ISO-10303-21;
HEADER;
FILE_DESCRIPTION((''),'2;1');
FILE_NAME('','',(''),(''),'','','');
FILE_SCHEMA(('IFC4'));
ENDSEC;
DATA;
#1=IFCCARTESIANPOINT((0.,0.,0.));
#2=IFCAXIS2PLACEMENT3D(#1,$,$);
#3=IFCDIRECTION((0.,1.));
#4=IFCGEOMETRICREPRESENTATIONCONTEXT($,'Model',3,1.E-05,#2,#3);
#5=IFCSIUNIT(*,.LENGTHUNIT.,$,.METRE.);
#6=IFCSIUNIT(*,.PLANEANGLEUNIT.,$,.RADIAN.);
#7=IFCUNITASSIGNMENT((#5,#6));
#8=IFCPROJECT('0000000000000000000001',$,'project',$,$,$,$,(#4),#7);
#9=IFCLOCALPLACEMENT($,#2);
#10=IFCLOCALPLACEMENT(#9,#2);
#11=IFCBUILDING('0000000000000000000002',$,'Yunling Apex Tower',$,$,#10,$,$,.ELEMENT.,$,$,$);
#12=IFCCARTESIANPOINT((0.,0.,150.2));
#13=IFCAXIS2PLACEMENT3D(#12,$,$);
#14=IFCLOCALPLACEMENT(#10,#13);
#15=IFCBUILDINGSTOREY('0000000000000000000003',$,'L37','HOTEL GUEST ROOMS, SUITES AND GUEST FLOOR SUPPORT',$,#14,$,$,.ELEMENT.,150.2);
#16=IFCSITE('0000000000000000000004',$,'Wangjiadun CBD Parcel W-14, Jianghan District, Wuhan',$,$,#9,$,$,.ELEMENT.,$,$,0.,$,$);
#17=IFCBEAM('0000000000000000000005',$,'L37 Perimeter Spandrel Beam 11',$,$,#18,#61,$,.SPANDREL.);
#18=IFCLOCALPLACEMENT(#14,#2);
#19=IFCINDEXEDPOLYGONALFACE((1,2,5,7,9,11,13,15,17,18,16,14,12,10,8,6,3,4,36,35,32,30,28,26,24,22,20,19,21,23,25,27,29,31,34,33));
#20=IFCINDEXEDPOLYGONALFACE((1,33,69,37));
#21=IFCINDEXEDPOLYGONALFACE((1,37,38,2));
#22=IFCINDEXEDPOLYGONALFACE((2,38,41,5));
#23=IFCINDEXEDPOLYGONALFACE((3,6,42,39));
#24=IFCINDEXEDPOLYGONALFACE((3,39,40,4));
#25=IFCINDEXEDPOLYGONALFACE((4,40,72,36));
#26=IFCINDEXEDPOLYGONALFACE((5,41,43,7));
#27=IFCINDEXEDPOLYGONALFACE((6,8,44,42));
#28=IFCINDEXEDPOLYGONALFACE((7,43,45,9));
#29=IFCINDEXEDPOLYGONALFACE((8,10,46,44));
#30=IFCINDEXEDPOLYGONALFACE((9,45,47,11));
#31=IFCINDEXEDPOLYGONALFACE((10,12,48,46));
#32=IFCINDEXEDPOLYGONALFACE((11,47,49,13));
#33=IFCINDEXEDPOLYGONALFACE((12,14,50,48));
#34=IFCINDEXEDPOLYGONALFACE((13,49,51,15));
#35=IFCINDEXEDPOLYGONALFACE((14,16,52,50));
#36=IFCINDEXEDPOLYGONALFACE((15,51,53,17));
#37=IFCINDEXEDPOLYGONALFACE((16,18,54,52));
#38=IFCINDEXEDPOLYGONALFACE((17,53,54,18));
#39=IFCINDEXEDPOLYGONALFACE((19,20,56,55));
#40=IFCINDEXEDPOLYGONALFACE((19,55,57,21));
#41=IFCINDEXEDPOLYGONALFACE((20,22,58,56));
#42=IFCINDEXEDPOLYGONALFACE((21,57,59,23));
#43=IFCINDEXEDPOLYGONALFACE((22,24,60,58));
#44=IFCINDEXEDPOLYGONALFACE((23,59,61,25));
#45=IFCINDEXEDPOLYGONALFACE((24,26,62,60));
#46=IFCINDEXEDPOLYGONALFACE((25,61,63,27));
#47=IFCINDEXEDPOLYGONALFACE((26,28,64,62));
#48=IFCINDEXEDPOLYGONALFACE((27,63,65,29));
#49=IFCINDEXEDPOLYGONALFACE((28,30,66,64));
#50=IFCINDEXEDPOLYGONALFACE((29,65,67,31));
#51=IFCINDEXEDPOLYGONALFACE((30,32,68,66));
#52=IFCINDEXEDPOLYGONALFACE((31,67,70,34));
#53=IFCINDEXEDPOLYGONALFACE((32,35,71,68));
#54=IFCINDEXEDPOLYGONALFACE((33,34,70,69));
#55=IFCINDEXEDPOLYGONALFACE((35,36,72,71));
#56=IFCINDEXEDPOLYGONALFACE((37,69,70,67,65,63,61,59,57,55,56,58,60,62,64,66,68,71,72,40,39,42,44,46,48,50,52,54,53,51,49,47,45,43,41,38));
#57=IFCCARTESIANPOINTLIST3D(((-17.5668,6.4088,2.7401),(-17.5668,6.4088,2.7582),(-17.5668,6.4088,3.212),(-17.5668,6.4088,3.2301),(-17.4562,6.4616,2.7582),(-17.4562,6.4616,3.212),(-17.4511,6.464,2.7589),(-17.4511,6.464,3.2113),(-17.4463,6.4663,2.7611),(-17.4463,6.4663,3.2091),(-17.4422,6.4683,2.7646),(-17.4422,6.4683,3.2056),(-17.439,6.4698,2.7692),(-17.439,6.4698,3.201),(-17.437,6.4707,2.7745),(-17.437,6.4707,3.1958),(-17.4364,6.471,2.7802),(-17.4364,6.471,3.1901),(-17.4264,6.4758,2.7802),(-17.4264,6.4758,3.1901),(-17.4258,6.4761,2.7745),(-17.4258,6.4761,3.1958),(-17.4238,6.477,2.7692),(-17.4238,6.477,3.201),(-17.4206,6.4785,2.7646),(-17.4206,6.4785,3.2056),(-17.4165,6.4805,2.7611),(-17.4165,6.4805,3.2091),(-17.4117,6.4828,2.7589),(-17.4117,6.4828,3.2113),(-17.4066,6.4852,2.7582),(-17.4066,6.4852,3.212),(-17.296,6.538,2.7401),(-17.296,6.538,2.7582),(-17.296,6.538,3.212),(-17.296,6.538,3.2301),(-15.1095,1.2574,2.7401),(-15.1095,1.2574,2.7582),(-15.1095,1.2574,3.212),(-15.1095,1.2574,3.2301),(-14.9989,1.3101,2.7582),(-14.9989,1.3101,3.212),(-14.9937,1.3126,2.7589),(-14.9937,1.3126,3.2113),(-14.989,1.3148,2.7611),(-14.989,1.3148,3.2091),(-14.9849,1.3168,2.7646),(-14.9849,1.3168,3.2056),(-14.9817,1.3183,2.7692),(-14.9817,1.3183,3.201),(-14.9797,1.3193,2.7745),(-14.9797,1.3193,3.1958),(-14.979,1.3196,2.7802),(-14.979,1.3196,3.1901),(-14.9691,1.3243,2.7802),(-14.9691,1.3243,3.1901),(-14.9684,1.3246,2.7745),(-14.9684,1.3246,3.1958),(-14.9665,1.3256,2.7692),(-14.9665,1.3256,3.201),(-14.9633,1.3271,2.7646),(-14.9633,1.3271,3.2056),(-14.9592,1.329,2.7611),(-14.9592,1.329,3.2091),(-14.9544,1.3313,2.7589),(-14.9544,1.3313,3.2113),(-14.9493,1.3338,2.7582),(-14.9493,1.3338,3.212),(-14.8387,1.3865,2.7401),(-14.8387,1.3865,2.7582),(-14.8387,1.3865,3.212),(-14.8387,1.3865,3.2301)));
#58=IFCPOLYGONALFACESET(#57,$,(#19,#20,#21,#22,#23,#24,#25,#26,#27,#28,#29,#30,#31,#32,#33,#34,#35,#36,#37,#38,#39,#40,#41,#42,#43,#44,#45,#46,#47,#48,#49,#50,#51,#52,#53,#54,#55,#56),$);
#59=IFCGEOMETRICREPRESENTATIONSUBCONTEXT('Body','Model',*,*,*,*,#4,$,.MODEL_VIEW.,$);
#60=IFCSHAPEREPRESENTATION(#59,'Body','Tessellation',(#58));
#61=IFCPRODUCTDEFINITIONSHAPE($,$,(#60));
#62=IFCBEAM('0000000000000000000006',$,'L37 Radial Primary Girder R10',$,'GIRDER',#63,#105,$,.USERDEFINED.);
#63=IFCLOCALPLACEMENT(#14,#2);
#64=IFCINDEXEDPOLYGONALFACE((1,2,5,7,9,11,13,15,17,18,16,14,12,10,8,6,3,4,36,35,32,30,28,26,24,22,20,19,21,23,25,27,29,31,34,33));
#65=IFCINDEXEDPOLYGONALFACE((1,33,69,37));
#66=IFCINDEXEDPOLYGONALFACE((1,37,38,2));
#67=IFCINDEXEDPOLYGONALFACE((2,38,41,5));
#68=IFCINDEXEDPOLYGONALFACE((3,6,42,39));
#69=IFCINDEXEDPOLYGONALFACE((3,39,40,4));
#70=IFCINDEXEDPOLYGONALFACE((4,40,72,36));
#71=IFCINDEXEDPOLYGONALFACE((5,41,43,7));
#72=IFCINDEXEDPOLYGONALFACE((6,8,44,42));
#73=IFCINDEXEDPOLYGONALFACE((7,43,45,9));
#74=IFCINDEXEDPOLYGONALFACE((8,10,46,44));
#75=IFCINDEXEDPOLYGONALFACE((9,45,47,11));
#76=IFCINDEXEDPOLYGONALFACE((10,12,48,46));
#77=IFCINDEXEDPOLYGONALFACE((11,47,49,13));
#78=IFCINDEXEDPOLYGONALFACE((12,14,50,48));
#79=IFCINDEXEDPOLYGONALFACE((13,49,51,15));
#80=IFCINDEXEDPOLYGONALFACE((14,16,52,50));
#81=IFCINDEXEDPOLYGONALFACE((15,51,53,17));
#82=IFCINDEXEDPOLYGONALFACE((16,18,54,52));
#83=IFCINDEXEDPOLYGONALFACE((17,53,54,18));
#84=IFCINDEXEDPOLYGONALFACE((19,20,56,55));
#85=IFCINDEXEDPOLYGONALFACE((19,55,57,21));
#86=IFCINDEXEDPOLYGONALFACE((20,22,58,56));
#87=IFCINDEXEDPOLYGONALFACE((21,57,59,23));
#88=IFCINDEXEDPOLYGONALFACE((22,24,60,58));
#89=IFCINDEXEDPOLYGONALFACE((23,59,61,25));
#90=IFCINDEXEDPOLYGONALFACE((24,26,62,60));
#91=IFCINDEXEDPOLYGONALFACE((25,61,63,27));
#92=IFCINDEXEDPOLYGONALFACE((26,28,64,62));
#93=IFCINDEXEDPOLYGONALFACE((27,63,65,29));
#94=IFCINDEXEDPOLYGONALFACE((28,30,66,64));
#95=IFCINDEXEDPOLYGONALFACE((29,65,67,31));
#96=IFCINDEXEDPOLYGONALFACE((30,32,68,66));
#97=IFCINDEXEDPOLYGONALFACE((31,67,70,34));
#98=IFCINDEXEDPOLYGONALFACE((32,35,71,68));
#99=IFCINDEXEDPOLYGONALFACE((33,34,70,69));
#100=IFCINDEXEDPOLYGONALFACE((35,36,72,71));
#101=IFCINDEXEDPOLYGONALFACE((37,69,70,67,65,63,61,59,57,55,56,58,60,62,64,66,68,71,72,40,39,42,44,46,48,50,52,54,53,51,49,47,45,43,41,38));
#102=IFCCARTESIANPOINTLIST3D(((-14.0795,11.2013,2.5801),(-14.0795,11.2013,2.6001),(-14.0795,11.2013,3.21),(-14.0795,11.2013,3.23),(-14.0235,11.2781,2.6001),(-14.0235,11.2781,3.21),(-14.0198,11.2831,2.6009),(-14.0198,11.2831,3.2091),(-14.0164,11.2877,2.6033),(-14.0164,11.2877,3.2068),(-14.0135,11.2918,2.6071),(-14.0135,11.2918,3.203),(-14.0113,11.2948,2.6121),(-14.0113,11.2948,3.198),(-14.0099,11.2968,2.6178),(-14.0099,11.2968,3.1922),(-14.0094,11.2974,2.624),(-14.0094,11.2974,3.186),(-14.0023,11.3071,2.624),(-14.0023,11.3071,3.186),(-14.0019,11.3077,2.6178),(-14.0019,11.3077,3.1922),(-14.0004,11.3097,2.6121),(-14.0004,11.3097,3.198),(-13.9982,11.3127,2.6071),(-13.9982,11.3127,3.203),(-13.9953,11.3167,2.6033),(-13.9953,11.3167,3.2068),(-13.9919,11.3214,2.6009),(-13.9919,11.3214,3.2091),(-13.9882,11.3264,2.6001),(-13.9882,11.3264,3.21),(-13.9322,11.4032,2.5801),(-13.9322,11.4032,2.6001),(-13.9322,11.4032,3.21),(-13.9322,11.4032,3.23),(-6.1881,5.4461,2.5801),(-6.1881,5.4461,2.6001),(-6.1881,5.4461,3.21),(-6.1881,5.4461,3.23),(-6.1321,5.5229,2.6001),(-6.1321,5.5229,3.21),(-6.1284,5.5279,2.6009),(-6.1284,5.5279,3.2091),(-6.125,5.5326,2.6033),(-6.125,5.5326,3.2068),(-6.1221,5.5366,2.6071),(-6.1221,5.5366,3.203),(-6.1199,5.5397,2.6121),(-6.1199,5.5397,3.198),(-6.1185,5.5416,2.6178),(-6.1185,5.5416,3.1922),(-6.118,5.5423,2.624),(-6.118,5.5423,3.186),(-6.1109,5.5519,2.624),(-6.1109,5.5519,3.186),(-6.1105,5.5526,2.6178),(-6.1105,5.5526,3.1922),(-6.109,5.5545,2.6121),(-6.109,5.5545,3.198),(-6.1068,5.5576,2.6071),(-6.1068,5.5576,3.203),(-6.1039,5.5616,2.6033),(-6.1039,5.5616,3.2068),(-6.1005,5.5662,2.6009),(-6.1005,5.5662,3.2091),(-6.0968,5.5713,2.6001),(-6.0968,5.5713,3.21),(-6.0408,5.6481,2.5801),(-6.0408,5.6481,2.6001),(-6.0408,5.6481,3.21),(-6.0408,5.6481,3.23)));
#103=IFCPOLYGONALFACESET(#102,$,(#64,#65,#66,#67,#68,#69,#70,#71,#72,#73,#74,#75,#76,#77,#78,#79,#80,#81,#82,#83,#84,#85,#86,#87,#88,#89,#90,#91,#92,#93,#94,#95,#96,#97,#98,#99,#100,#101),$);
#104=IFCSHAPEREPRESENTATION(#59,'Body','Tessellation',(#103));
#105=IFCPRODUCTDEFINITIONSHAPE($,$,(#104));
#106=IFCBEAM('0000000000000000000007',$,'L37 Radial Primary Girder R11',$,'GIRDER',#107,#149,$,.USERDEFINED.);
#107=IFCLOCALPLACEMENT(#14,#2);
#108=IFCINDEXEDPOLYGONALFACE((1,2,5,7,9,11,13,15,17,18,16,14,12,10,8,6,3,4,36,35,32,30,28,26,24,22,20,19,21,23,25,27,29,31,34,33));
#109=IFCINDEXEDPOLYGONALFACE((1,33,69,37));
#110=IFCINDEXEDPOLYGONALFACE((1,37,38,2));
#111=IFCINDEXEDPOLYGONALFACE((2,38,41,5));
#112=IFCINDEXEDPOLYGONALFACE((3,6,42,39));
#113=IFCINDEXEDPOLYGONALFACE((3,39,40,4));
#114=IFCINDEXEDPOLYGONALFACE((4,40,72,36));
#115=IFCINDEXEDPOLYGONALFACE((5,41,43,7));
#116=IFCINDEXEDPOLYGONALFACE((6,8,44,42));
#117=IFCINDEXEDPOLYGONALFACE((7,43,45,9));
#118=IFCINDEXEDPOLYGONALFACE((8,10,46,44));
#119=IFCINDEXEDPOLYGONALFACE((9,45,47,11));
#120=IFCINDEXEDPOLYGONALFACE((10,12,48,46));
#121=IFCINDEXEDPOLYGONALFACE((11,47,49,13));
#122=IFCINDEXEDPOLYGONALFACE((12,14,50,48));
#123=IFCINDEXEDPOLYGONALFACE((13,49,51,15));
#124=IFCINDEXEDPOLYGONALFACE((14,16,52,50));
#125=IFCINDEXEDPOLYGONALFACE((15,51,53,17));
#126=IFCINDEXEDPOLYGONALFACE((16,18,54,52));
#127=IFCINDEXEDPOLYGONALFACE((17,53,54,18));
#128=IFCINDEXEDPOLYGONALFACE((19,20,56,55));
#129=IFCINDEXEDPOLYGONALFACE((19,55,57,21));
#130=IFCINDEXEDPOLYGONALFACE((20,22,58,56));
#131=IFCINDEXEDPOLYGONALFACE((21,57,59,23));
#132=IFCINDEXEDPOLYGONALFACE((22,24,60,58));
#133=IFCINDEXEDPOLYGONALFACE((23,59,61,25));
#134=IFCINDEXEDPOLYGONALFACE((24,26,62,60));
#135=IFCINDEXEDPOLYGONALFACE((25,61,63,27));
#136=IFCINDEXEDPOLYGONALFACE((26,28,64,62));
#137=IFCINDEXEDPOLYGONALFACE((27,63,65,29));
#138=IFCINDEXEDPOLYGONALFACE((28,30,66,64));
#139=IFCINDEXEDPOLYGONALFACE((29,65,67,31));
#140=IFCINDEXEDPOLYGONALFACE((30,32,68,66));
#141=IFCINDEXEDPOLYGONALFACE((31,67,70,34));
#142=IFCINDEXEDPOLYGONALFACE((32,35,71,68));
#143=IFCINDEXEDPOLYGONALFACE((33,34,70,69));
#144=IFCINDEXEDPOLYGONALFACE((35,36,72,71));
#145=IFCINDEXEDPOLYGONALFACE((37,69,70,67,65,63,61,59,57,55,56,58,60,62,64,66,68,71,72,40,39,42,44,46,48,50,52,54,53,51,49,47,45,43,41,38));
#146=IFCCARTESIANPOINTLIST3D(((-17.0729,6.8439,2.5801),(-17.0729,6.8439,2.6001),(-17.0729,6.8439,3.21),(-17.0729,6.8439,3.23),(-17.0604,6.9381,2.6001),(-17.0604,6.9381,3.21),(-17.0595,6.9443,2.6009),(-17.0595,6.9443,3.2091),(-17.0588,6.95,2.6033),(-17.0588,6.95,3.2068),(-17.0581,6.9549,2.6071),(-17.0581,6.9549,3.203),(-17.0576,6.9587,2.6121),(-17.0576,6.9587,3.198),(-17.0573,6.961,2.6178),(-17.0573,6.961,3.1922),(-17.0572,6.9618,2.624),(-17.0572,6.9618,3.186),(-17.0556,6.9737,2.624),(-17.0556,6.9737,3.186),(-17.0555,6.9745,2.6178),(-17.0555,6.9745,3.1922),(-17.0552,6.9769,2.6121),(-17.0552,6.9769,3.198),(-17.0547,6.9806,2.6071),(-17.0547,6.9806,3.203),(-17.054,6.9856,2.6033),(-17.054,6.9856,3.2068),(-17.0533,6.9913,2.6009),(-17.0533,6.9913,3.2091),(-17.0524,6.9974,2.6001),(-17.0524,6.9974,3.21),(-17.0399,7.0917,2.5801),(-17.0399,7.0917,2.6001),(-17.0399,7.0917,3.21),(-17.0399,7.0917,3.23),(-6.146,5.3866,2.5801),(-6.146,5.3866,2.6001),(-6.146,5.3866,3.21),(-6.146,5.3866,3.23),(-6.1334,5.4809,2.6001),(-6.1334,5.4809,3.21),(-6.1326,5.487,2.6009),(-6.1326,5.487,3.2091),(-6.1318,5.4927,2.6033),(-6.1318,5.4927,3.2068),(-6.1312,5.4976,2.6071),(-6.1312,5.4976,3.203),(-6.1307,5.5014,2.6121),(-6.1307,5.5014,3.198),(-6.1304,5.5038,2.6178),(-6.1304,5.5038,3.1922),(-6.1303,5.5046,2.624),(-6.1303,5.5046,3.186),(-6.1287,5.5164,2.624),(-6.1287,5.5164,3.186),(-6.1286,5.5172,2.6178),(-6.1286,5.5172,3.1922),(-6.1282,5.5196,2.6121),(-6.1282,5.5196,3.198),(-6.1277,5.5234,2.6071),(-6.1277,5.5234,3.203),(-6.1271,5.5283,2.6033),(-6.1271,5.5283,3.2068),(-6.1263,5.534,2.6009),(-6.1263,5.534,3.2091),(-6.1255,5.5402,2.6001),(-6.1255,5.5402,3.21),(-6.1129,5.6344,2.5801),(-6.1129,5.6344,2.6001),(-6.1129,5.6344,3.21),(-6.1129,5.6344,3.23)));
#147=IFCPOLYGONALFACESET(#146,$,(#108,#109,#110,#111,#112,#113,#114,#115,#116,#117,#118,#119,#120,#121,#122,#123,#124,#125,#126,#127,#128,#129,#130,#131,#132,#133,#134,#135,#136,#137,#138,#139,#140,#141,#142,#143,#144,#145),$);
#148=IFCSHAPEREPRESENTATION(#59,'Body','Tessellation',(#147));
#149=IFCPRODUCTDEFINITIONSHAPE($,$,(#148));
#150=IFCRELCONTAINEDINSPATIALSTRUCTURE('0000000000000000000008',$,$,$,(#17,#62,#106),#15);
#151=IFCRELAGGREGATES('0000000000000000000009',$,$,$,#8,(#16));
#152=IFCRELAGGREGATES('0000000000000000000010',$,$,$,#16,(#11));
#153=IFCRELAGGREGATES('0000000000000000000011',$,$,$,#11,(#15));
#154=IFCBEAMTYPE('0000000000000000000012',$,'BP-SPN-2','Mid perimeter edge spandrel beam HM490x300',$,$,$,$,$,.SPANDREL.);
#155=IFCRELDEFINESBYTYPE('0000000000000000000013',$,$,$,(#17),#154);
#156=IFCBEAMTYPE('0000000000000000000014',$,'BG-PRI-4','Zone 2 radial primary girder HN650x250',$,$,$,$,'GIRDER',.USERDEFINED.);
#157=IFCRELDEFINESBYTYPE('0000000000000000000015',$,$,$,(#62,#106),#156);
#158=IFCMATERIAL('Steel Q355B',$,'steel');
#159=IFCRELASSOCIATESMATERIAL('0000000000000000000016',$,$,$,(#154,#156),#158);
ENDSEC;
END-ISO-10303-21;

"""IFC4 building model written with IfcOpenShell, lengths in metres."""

from ifc_helpers import new_model, si_unit, direction, frame, origin, origin_2d, place, context, subcontext, project, spatial, i_section, extrude, source, transform, mapped, material, material_profile, profile_set, type_object, element, save


model = new_model("IFC4")

# Units and contexts
model_context = context("Model", 3, precision=1e-05, world=origin(), true_north=direction((0.0, 1.0)))
body_context = subcontext(model_context, "Body", "Model", "MODEL_VIEW")
ifc_project = project(units=[si_unit("LENGTHUNIT", "METRE"), si_unit("PLANEANGLEUNIT", "RADIAN")], contexts=[model_context])

# Site, building, storey
site_placement = place(None, origin())
site = spatial("IfcSite", under=ifc_project, at=site_placement, Name="Wangjiadun CBD Parcel W-14, Jianghan District, Wuhan", CompositionType="ELEMENT", RefElevation=0.0)
building_placement = place(site_placement, origin())
building = spatial("IfcBuilding", under=site, at=building_placement, Name="Yunling Apex Tower", CompositionType="ELEMENT")
storey_placement = place(building_placement, frame((0.0, 0.0, 150.2)))
storey = spatial("IfcBuildingStorey", under=building, at=storey_placement, Name="L37", Description="HOTEL GUEST ROOMS, SUITES AND GUEST FLOOR SUPPORT", CompositionType="ELEMENT", Elevation=150.2)

# Beams
ifc_material_1 = material(Name="Steel Q355B", Category="steel")
ifc_material_profile_1 = material_profile(ifc_material_1, i_section(OverallWidth=0.3, OverallDepth=0.49, WebThickness=0.011, FlangeThickness=0.0181, FilletRadius=0.022, at=origin_2d()))
ifc_profile_set_1 = profile_set([ifc_material_profile_1], Name="Steel Q355B")
beam_type_1 = type_object("IfcBeamType", Name="BP-SPN-2", Description="Mid perimeter edge spandrel beam HM490x300", PredefinedType="SPANDREL", material=ifc_profile_set_1)
shared_shape_1 = source(origin(), body_context, "Body", "SweptSolid", [
    extrude(i_section(OverallWidth=0.3, OverallDepth=0.49, WebThickness=0.011, FlangeThickness=0.0181, FilletRadius=0.022, at=origin_2d()), origin(), (0.0, 0.0, 1.0), 5.7075),
])
beam_1_placement = place(storey_placement, frame((-17.4314, 6.4734, 2.9851), z_axis=(0.43054, -0.902572, 0.0), x_axis=(0.902572, 0.43054, 0.0)))
element("IfcBeam", 1, at=beam_1_placement, inside=storey, type_object=beam_type_1, Name="L37 Perimeter Spandrel Beam 11", PredefinedType="SPANDREL", context=body_context, shape_type="MappedRepresentation", body=[
    mapped(shared_shape_1, transform((0.0, 0.0, 0.0), scale=1.0)),
])
ifc_material_profile_2 = material_profile(ifc_material_1, i_section(OverallWidth=0.25, OverallDepth=0.6499, WebThickness=0.012, FlangeThickness=0.02, FilletRadius=0.0239, at=origin_2d()))
ifc_profile_set_2 = profile_set([ifc_material_profile_2], Name="Steel Q355B")
beam_type_2 = type_object("IfcBeamType", Name="BG-PRI-4", Description="Zone 2 radial primary girder HN650x250", ElementType="GIRDER", PredefinedType="USERDEFINED", material=ifc_profile_set_2)
shared_shape_2 = source(origin(), body_context, "Body", "SweptSolid", [
    extrude(i_section(OverallWidth=0.25, OverallDepth=0.6499, WebThickness=0.012, FlangeThickness=0.02, FilletRadius=0.0239, at=origin_2d()), origin(), (0.0, 0.0, 1.0), 9.7671),
])
beam_2_placement = place(storey_placement, frame((-14.0059, 11.3022, 2.905), z_axis=(0.807958, -0.58924, 0.0), x_axis=(0.58924, 0.807958, 0.0)))
element("IfcBeam", 2, at=beam_2_placement, inside=storey, type_object=beam_type_2, Name="L37 Radial Primary Girder R10", ObjectType="GIRDER", PredefinedType="USERDEFINED", context=body_context, shape_type="MappedRepresentation", body=[
    mapped(shared_shape_2, transform((0.0, 0.0, 0.0), scale=1.0)),
])
shared_shape_3 = source(origin(), body_context, "Body", "SweptSolid", [
    extrude(i_section(OverallWidth=0.25, OverallDepth=0.6499, WebThickness=0.012, FlangeThickness=0.02, FilletRadius=0.0239, at=origin_2d()), origin(), (0.0, 0.0, 1.0), 11.0237),
])
beam_3_placement = place(storey_placement, frame((-17.0564, 6.9678, 2.905), z_axis=(0.991224, -0.132194, 0.0), x_axis=(0.132194, 0.991224, 0.0)))
element("IfcBeam", 3, at=beam_3_placement, inside=storey, type_object=beam_type_2, Name="L37 Radial Primary Girder R11", ObjectType="GIRDER", PredefinedType="USERDEFINED", context=body_context, shape_type="MappedRepresentation", body=[
    mapped(shared_shape_3, transform((0.0, 0.0, 0.0), scale=1.0)),
])

save(model, "model.ifc")
